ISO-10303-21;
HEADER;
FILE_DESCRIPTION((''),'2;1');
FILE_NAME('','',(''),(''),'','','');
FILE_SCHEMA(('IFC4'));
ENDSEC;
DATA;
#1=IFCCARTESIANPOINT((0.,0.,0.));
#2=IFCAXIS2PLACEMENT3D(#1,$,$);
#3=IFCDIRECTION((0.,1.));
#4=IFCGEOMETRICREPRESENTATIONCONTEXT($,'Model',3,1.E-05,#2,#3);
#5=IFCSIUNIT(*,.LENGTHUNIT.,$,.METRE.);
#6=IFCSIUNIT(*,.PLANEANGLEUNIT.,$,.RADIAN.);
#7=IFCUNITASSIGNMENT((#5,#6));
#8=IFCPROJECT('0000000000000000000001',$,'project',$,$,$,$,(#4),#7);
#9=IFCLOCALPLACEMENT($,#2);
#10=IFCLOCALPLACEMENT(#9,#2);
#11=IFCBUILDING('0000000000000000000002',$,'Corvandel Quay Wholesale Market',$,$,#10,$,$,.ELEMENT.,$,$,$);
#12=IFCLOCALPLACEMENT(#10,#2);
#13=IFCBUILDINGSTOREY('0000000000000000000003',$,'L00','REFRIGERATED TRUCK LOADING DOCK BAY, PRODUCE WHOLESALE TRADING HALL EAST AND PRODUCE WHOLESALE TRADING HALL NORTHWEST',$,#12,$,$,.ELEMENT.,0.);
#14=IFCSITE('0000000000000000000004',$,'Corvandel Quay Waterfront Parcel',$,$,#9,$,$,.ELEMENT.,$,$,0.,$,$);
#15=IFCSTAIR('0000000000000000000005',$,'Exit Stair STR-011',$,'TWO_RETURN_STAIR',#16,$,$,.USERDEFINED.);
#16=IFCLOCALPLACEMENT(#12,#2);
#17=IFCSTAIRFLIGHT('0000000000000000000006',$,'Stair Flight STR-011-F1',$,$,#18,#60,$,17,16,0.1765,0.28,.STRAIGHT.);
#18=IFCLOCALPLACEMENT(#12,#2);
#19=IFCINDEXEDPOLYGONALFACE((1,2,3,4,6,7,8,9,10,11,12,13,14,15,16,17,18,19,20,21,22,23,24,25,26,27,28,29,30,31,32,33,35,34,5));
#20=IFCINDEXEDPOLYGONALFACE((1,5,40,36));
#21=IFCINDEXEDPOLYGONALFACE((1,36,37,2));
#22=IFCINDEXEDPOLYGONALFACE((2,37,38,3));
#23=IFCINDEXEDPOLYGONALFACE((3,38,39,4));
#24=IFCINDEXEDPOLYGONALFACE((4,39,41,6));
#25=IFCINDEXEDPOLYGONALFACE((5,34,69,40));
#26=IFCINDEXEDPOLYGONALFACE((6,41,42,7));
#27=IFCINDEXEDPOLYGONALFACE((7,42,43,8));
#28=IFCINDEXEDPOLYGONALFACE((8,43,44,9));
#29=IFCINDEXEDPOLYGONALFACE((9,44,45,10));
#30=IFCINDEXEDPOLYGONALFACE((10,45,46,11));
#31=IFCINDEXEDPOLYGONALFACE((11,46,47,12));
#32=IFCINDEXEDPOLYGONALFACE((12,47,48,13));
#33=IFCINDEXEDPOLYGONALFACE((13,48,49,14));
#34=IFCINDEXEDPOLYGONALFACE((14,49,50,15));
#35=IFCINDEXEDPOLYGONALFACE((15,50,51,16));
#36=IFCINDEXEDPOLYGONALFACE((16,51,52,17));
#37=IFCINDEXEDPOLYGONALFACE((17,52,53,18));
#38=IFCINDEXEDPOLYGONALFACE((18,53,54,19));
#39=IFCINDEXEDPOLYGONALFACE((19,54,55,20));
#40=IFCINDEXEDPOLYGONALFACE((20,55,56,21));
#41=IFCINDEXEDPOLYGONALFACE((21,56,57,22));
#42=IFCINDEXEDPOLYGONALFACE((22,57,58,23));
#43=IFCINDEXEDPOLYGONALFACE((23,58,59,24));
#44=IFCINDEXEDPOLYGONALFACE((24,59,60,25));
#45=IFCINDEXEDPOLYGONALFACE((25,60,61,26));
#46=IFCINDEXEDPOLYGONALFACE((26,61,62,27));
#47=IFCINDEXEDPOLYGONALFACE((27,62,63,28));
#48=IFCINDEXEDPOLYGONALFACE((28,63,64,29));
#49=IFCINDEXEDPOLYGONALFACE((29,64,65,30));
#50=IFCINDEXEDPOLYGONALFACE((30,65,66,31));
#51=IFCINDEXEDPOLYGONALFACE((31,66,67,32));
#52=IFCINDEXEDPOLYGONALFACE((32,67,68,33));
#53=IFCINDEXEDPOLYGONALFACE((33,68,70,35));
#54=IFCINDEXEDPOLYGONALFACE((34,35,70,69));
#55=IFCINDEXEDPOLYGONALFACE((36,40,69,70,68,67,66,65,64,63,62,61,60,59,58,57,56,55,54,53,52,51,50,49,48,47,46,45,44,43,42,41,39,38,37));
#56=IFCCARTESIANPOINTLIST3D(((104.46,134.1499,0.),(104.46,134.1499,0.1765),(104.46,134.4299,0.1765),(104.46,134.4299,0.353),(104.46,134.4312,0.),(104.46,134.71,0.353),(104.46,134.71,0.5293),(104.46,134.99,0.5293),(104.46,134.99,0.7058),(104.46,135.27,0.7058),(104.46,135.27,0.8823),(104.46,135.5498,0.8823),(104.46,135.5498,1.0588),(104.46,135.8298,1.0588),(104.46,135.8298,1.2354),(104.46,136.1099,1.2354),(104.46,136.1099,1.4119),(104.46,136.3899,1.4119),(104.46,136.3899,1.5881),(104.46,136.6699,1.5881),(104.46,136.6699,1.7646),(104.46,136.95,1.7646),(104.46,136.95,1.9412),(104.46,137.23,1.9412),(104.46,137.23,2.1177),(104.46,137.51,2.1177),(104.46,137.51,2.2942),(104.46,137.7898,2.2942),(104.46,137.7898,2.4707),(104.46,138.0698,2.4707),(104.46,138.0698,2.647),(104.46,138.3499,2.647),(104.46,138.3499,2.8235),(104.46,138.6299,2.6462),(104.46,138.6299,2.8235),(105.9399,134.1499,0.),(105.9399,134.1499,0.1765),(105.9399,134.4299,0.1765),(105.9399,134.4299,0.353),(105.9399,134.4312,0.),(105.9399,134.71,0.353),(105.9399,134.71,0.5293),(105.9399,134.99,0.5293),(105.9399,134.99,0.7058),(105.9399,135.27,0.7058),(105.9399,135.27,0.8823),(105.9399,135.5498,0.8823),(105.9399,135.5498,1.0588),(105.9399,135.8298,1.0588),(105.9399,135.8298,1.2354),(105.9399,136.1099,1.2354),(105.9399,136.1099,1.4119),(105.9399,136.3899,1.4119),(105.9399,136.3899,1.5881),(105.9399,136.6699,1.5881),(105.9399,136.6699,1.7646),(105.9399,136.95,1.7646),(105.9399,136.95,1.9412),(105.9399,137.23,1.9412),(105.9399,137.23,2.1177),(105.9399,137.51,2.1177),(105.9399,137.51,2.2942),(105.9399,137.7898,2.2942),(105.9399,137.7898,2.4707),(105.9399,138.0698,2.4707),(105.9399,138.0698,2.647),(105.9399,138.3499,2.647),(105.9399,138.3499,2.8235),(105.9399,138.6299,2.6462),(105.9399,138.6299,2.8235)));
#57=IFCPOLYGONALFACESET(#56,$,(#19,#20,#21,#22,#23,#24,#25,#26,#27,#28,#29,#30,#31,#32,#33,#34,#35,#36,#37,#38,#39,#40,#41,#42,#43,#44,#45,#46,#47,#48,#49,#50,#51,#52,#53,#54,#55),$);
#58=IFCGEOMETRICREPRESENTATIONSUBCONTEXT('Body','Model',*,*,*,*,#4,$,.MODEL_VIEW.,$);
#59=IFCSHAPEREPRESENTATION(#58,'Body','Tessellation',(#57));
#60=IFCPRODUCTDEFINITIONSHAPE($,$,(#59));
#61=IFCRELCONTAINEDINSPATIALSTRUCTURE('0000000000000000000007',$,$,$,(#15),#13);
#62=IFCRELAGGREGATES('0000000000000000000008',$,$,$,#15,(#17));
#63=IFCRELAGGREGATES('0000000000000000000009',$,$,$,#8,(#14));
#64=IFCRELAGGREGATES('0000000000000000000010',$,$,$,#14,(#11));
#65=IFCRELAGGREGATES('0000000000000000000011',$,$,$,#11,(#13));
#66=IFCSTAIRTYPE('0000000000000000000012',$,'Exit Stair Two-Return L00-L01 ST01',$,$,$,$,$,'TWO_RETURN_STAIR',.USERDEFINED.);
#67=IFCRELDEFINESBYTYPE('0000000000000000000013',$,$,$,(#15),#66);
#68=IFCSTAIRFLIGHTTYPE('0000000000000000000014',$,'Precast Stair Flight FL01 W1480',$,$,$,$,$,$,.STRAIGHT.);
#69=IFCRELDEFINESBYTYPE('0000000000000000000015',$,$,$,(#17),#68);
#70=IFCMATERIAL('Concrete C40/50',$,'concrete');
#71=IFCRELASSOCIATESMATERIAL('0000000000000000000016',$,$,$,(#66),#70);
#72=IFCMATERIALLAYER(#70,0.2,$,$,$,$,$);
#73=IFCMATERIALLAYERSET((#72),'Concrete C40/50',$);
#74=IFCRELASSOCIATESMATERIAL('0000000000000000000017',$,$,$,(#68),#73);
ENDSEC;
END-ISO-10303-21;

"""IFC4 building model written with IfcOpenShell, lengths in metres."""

from ifc_helpers import new_model, si_unit, direction, frame, origin, place, context, subcontext, project, spatial, polyline, outline, extrude, material, layer, layer_set, type_object, element, aggregate, save


model = new_model("IFC4")

# Units and contexts
model_context = context("Model", 3, precision=1e-05, world=origin(), true_north=direction((0.0, 1.0)))
body_context = subcontext(model_context, "Body", "Model", "MODEL_VIEW")
ifc_project = project(units=[si_unit("LENGTHUNIT", "METRE"), si_unit("PLANEANGLEUNIT", "RADIAN")], contexts=[model_context])

# Site, building, storey
site_placement = place(None, origin())
site = spatial("IfcSite", under=ifc_project, at=site_placement, Name="Corvandel Quay Waterfront Parcel", CompositionType="ELEMENT", RefElevation=0.0)
building_placement = place(site_placement, origin())
building = spatial("IfcBuilding", under=site, at=building_placement, Name="Corvandel Quay Wholesale Market", CompositionType="ELEMENT")
storey_placement = place(building_placement, origin())
storey = spatial("IfcBuildingStorey", under=building, at=storey_placement, Name="L00", Description="REFRIGERATED TRUCK LOADING DOCK BAY, PRODUCE WHOLESALE TRADING HALL EAST AND PRODUCE WHOLESALE TRADING HALL NORTHWEST", CompositionType="ELEMENT", Elevation=0.0)

# Shared definitions
ifc_material_1 = material(Name="Concrete C40/50", Category="concrete")

# Stair, stair flight
stair_type = type_object("IfcStairType", Name="Exit Stair Two-Return L00-L01 ST01", ElementType="TWO_RETURN_STAIR", PredefinedType="USERDEFINED", material=ifc_material_1)
stair_placement = place(storey_placement, origin())
stair = element("IfcStair", 1, at=stair_placement, inside=storey, type_object=stair_type, Name="Exit Stair STR-011", ObjectType="TWO_RETURN_STAIR", PredefinedType="USERDEFINED")
ifc_layer_1 = layer(ifc_material_1, 0.2)
ifc_layer_set_1 = layer_set([ifc_layer_1], Name="Concrete C40/50")
stair_flight_type = type_object("IfcStairFlightType", Name="Precast Stair Flight FL01 W1480", PredefinedType="STRAIGHT", material=ifc_layer_set_1)
stair_flight_placement = place(storey_placement, frame((105.2, 134.1499, 0.0), z_axis=(0.0, 0.0, 1.0), x_axis=(0.0, 1.0, 0.0)))
stair_flight = element("IfcStairFlight", 2, at=stair_flight_placement, type_object=stair_flight_type, Name="Stair Flight STR-011-F1", NumberOfRisers=17, NumberOfTreads=16, PredefinedType="STRAIGHT", RiserHeight=0.1765, TreadLength=0.28, context=body_context, shape_type="SweptSolid", body=[
    extrude(outline(polyline([(0.0, 0.0), (0.0, 0.1765), (0.28, 0.1765), (0.28, 0.353), (0.5601, 0.353), (0.5601, 0.5293), (0.8401, 0.5293), (0.8401, 0.7058), (1.1201, 0.7058), (1.1201, 0.8823), (1.3999, 0.8823), (1.3999, 1.0588), (1.6799, 1.0588), (1.6799, 1.2354), (1.96, 1.2354), (1.96, 1.4119), (2.24, 1.4119), (2.24, 1.5881), (2.52, 1.5881), (2.52, 1.7646), (2.8, 1.7646), (2.8, 1.9412), (3.0801, 1.9412), (3.0801, 2.1177), (3.3601, 2.1177), (3.3601, 2.2942), (3.6399, 2.2942), (3.6399, 2.4707), (3.9199, 2.4707), (3.9199, 2.647), (4.2, 2.647), (4.2, 2.8235), (4.48, 2.8235), (4.48, 3.0), (4.48, 2.6462), (0.2812, 0.0), (0.0, 0.0)])), frame((0.0, 0.74, 0.0), z_axis=(0.0, -1.0, 0.0), x_axis=(1.0, 0.0, 0.0)), (0.0, 0.0, 1.0), 1.48),
])
aggregate(stair, [stair_flight])

save(model, "model.ifc")
